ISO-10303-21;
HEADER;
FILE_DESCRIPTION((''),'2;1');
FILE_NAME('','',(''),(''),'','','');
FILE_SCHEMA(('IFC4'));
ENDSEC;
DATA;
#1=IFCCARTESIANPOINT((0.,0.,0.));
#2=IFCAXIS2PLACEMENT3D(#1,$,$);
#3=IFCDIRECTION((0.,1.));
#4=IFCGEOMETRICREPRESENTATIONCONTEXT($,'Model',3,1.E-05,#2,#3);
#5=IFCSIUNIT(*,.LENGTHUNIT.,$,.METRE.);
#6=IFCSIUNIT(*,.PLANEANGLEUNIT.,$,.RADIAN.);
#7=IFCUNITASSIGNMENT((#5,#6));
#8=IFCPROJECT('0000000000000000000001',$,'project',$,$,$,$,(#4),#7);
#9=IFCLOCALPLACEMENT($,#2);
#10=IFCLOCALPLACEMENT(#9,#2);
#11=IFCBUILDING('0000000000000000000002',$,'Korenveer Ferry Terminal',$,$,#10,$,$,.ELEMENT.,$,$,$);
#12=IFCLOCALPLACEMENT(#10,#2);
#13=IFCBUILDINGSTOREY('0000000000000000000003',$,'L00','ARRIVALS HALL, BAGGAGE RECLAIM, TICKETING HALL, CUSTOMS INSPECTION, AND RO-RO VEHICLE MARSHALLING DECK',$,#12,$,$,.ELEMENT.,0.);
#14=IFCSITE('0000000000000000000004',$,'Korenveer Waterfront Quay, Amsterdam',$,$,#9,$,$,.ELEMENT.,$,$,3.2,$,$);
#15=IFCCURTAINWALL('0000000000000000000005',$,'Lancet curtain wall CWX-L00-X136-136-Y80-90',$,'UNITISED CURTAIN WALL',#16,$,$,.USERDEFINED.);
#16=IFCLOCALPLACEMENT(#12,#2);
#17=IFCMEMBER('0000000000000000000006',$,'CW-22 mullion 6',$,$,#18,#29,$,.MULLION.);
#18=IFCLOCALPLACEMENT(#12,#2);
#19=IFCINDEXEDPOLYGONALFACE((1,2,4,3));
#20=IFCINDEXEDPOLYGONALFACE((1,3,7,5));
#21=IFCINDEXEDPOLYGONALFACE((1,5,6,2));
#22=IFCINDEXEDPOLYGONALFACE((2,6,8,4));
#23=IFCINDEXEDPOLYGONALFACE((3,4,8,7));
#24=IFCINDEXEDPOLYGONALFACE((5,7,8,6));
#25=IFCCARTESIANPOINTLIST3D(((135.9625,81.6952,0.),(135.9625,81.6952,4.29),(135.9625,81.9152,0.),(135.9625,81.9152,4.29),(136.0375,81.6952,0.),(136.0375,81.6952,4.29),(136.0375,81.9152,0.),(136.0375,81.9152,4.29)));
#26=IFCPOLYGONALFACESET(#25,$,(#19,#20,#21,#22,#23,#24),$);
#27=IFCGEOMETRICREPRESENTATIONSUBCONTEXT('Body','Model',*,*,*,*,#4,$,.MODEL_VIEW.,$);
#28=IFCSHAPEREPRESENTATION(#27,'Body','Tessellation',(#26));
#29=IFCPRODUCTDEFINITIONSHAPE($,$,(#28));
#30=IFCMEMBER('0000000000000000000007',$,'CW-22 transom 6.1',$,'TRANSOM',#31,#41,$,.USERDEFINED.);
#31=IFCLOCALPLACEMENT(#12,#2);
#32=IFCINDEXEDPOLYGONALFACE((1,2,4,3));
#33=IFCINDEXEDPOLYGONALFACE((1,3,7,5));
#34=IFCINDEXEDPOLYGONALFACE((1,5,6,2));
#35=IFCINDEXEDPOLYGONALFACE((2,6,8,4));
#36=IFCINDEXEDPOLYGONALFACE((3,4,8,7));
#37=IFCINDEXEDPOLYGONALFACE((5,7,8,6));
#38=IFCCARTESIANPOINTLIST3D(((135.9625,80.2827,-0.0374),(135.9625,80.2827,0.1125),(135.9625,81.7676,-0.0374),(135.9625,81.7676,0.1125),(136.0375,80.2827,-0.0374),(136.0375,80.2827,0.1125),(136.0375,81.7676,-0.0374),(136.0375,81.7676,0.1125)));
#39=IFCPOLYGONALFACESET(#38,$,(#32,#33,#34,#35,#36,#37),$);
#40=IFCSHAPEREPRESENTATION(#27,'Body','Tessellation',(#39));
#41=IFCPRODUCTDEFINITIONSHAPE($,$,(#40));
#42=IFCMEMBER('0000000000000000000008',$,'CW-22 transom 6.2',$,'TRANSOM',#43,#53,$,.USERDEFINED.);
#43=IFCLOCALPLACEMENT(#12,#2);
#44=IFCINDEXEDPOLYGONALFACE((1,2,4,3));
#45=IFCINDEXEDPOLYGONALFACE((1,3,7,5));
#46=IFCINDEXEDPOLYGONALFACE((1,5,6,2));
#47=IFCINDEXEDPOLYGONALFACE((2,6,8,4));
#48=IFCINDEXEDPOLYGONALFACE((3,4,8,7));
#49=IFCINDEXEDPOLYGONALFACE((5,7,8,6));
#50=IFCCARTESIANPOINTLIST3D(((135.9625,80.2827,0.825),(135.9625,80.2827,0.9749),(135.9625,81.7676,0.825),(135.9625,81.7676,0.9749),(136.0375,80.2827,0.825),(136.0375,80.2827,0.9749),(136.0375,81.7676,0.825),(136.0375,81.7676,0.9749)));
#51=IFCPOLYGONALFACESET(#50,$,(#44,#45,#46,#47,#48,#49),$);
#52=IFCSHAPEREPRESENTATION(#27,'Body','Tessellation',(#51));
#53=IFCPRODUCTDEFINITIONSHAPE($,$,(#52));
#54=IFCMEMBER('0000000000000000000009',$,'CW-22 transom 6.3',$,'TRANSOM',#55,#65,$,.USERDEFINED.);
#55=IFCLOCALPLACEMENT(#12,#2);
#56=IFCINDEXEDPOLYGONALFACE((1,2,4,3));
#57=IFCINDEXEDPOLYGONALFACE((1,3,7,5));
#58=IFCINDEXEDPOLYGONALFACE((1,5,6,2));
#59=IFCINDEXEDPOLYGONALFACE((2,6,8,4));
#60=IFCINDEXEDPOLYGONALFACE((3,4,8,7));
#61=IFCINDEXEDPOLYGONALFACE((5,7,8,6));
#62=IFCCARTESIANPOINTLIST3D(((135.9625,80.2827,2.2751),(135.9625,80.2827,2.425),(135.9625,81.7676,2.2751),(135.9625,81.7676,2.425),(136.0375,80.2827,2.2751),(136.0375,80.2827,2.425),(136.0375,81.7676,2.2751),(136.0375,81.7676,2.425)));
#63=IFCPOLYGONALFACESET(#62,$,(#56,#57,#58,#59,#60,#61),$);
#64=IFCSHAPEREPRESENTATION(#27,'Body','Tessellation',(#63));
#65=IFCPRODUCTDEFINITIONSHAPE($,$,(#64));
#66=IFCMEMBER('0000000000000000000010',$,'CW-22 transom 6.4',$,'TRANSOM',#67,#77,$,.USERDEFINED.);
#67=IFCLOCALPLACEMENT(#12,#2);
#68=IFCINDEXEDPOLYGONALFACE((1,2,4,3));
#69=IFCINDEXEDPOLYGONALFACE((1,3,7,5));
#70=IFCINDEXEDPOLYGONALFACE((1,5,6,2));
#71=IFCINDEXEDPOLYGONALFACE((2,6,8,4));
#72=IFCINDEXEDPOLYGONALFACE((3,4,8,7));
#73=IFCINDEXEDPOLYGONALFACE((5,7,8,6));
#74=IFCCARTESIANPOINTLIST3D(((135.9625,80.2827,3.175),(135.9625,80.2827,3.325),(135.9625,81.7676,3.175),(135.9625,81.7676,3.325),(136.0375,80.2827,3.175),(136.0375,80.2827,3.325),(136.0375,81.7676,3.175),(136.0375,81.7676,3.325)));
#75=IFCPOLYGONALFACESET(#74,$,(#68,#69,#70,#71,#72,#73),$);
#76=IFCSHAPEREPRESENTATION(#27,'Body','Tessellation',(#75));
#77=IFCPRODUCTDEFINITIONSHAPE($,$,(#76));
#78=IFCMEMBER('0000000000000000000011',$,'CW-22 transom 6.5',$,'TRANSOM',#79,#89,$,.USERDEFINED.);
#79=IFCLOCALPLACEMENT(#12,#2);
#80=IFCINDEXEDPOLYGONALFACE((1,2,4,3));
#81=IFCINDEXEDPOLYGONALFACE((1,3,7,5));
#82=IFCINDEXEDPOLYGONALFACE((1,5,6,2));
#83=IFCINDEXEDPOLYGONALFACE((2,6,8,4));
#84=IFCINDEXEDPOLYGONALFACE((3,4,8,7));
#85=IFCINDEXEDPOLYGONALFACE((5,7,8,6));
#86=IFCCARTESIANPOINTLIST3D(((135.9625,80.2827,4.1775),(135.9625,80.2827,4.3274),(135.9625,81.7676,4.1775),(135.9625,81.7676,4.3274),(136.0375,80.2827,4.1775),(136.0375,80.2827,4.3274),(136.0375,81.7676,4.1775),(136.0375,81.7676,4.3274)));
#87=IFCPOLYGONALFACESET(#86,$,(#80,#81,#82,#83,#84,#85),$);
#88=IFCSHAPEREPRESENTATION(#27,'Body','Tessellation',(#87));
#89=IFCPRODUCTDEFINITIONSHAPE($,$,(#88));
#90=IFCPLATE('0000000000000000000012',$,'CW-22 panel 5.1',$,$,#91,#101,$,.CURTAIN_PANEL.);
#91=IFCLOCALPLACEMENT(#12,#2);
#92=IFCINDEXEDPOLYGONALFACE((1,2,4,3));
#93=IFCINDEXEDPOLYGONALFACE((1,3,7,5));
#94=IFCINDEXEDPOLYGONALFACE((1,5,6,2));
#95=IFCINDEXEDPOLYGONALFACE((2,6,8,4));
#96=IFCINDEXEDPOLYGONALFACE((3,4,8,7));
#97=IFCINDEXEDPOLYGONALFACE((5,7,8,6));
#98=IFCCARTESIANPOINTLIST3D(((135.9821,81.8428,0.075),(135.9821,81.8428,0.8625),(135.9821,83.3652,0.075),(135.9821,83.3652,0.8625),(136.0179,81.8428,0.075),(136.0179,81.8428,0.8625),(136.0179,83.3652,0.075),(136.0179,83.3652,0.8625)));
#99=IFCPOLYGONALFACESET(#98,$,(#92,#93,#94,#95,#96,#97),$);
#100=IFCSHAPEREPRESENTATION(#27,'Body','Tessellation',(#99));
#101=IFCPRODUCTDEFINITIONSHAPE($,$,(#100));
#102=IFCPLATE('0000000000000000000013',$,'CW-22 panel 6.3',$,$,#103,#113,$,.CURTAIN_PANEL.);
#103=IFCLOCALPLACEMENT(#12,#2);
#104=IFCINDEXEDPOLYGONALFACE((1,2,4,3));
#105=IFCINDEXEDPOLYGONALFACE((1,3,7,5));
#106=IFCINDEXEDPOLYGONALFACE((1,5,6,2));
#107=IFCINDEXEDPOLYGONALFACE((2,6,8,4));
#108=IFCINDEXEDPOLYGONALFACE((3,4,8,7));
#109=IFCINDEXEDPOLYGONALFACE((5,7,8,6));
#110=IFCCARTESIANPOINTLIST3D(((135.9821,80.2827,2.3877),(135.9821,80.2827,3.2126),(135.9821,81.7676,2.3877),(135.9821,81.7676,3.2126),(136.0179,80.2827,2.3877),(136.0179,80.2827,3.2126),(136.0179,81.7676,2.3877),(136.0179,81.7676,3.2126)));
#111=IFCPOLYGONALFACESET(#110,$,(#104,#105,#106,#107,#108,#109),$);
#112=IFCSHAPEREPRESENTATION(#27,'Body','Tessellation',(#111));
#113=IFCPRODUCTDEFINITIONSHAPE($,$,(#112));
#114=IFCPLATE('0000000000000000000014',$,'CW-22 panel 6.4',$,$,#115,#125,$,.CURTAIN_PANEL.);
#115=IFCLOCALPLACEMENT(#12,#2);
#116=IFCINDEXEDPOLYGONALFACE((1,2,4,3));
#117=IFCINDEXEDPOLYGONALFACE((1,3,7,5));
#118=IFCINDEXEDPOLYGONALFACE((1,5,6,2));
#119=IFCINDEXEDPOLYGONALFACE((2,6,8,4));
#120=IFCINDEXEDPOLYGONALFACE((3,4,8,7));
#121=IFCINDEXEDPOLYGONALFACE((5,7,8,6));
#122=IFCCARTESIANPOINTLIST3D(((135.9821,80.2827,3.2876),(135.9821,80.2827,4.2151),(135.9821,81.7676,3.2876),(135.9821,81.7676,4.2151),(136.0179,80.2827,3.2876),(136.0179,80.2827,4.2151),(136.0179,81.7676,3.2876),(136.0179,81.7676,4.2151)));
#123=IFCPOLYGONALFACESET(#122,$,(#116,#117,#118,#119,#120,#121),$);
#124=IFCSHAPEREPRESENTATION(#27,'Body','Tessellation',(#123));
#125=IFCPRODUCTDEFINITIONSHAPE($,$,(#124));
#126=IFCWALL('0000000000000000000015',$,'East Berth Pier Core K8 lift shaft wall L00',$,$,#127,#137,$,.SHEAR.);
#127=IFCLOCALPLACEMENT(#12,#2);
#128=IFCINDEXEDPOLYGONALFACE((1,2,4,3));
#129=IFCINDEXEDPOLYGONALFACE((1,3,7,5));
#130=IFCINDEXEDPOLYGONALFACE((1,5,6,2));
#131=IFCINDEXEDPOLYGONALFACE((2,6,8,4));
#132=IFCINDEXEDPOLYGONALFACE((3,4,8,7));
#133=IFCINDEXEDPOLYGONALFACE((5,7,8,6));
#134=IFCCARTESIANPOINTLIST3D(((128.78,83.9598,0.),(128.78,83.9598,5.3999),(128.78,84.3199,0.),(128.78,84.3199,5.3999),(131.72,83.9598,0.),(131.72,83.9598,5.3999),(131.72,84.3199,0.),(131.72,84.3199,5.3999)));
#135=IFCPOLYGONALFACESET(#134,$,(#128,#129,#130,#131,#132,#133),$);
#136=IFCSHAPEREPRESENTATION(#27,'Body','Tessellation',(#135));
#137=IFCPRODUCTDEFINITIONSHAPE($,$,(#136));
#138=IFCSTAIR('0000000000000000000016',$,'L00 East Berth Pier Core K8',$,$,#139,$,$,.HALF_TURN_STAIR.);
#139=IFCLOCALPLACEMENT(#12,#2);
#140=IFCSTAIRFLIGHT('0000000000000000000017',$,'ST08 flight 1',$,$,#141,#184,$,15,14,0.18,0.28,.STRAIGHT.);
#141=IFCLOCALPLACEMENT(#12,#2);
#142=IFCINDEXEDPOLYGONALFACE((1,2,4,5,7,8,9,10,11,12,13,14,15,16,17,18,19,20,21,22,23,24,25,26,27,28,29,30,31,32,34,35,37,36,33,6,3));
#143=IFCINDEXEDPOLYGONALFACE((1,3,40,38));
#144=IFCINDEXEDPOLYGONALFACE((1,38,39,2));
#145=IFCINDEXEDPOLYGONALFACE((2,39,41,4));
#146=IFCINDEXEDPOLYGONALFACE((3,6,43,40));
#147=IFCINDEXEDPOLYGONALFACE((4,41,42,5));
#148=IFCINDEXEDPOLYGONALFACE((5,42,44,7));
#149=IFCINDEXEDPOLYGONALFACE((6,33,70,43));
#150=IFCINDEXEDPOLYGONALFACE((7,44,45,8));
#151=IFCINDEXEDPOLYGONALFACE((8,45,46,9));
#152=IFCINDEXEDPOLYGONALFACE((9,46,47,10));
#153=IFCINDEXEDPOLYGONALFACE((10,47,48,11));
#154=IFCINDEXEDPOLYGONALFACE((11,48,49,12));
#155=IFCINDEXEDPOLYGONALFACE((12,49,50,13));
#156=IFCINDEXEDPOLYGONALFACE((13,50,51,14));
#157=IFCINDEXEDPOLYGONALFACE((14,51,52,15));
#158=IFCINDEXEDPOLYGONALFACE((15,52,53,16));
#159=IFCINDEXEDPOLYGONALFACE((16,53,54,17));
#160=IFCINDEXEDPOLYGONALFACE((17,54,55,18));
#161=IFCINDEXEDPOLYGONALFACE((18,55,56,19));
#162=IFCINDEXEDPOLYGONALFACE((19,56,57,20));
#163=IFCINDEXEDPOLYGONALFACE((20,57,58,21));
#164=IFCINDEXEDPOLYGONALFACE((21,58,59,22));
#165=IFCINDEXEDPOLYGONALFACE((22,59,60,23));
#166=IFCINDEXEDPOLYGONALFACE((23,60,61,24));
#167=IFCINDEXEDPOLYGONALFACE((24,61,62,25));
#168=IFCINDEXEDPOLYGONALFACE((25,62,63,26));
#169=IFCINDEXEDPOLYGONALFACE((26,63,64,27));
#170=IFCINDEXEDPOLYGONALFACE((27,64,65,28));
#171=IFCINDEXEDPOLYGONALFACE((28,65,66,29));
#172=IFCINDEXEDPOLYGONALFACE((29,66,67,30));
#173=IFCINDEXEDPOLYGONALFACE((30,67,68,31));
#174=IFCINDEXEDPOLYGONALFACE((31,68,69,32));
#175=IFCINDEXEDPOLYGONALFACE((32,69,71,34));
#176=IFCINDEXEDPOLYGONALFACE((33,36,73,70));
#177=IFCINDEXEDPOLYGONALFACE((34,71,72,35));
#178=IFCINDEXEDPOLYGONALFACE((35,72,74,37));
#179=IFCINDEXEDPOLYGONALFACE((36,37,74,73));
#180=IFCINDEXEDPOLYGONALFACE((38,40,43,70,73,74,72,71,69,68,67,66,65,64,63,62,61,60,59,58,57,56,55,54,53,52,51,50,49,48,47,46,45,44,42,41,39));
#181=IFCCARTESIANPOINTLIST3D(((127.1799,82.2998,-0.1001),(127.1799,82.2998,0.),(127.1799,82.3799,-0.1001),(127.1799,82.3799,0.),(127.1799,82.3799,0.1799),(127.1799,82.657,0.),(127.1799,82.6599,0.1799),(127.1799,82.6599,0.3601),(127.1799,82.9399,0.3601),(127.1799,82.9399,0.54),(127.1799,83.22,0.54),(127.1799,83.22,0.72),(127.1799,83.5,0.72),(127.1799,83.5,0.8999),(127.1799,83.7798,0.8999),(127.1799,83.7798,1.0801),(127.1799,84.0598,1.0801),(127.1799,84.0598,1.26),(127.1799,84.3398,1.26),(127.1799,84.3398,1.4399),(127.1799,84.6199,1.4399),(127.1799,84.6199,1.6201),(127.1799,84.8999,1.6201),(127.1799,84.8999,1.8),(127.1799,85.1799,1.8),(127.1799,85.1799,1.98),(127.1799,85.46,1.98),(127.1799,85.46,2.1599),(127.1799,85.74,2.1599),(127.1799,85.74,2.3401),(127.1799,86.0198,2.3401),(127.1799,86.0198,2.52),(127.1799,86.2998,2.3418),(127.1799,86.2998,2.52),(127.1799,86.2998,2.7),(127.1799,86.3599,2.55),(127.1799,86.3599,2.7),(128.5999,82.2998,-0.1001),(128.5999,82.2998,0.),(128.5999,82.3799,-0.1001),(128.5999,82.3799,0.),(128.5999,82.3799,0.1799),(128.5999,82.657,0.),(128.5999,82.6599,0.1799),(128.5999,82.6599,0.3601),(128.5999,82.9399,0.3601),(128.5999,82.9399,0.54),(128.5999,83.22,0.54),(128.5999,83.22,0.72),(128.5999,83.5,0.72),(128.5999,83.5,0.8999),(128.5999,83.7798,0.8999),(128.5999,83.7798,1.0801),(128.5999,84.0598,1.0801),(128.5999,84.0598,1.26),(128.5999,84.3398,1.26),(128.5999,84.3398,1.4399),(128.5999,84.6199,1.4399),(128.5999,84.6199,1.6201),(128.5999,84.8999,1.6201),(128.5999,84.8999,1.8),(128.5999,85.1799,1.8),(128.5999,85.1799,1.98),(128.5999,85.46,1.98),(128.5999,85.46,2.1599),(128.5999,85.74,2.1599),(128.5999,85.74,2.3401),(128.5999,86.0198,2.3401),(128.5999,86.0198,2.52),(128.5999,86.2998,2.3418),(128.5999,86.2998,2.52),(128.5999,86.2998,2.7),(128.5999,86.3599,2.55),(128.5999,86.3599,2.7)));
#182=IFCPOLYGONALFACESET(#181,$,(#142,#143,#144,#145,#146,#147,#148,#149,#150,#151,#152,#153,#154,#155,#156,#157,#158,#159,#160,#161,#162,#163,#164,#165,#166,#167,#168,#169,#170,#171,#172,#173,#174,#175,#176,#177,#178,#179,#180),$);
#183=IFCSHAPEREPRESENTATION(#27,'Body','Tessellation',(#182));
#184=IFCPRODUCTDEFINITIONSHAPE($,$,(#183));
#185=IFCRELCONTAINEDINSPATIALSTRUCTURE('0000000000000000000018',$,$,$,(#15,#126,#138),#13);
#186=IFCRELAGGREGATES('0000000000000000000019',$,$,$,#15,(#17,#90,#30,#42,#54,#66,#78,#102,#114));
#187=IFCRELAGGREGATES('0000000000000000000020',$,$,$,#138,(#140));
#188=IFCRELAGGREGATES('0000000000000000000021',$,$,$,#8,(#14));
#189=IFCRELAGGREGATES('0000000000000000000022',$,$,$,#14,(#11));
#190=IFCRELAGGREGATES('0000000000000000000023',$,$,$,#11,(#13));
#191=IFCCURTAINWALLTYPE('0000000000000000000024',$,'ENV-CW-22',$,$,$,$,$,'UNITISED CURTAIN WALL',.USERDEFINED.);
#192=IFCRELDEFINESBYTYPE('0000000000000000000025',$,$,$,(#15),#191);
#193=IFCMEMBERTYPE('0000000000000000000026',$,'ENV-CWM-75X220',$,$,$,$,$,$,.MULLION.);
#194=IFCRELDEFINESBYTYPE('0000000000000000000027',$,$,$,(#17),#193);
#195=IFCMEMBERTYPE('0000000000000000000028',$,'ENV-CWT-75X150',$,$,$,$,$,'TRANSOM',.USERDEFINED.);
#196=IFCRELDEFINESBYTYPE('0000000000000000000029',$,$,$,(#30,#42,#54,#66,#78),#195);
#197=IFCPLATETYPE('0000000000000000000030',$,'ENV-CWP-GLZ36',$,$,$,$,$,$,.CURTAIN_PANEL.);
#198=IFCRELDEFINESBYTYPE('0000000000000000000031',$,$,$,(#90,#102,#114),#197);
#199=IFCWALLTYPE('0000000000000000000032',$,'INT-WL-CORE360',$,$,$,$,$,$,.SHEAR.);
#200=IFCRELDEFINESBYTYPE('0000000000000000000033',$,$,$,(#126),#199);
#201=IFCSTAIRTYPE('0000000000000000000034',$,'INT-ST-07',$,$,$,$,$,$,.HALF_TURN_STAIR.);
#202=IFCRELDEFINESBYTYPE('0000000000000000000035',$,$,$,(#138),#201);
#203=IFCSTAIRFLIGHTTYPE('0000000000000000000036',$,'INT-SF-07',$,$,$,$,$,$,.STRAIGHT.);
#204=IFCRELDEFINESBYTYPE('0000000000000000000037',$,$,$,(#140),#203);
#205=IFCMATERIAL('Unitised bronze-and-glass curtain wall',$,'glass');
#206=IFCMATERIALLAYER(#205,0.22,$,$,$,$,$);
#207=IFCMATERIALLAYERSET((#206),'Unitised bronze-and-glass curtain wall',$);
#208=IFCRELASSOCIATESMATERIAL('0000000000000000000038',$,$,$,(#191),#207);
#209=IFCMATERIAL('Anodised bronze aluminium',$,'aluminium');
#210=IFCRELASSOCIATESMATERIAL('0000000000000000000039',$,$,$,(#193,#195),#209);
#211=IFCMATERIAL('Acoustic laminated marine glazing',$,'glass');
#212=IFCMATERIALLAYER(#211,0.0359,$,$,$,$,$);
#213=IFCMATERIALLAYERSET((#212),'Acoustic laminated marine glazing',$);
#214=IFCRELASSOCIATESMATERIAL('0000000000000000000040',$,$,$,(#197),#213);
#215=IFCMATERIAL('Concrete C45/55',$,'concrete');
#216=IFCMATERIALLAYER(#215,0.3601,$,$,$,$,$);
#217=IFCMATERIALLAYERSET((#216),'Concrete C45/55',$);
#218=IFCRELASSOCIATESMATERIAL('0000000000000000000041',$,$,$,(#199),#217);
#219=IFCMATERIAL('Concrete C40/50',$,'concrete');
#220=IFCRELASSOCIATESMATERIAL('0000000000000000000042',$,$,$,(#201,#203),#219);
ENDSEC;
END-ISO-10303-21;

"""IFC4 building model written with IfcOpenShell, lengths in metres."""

from ifc_helpers import new_model, si_unit, direction, frame, frame_2d, origin, origin_2d, place, context, subcontext, project, spatial, polyline, rectangle, outline, extrude, material, layer, layer_set, material_profile, profile_set, type_object, element, aggregate, save


model = new_model("IFC4")

# Units and contexts
model_context = context("Model", 3, precision=1e-05, world=origin(), true_north=direction((0.0, 1.0)))
body_context = subcontext(model_context, "Body", "Model", "MODEL_VIEW")
ifc_project = project(units=[si_unit("LENGTHUNIT", "METRE"), si_unit("PLANEANGLEUNIT", "RADIAN")], contexts=[model_context])

# Site, building, storey
site_placement = place(None, origin())
site = spatial("IfcSite", under=ifc_project, at=site_placement, Name="Korenveer Waterfront Quay, Amsterdam", CompositionType="ELEMENT", RefElevation=3.2)
building_placement = place(site_placement, origin())
building = spatial("IfcBuilding", under=site, at=building_placement, Name="Korenveer Ferry Terminal", CompositionType="ELEMENT")
storey_placement = place(building_placement, origin())
storey = spatial("IfcBuildingStorey", under=building, at=storey_placement, Name="L00", Description="ARRIVALS HALL, BAGGAGE RECLAIM, TICKETING HALL, CUSTOMS INSPECTION, AND RO-RO VEHICLE MARSHALLING DECK", CompositionType="ELEMENT", Elevation=0.0)

# Shared definitions
ifc_material_1 = material(Name="Concrete C45/55", Category="concrete")

# Shared definitions
ifc_material_2 = material(Name="Concrete C40/50", Category="concrete")

# Curtain wall, members, plates
ifc_material_3 = material(Name="Unitised bronze-and-glass curtain wall", Category="glass")
ifc_layer_1 = layer(ifc_material_3, 0.22)
ifc_layer_set_1 = layer_set([ifc_layer_1], Name="Unitised bronze-and-glass curtain wall")
curtain_wall_type = type_object("IfcCurtainWallType", Name="ENV-CW-22", ElementType="UNITISED CURTAIN WALL", PredefinedType="USERDEFINED", material=ifc_layer_set_1)
curtain_wall_placement = place(storey_placement, frame((136.0, 89.7922, 0.0)))
curtain_wall = element("IfcCurtainWall", 1, at=curtain_wall_placement, inside=storey, type_object=curtain_wall_type, Name="Lancet curtain wall CWX-L00-X136-136-Y80-90", ObjectType="UNITISED CURTAIN WALL", PredefinedType="USERDEFINED")
ifc_material_4 = material(Name="Anodised bronze aluminium", Category="aluminium")
ifc_material_profile_1 = material_profile(ifc_material_4, rectangle(XDim=0.075, YDim=0.22, at=origin_2d()), Name="ALU 75x220")
ifc_profile_set_1 = profile_set([ifc_material_profile_1], Name="Anodised bronze aluminium")
member_type_1 = type_object("IfcMemberType", Name="ENV-CWM-75X220", PredefinedType="MULLION", material=ifc_profile_set_1)
member_1_placement = place(storey_placement, frame((136.0, 81.8052, 0.0), z_axis=(0.0, 0.0, 1.0), x_axis=(1.0, 0.0, 0.0)))
member_1 = element("IfcMember", 2, at=member_1_placement, type_object=member_type_1, Name="CW-22 mullion 6", PredefinedType="MULLION", context=body_context, shape_type="SweptSolid", body=[
    extrude(rectangle(XDim=0.075, YDim=0.22, at=origin_2d()), origin(), (0.0, 0.0, 1.0), 4.29),
])
ifc_material_profile_2 = material_profile(ifc_material_4, rectangle(XDim=0.075, YDim=0.1499, at=origin_2d()), Name="ALU 75x150")
ifc_profile_set_2 = profile_set([ifc_material_profile_2], Name="Anodised bronze aluminium")
member_type_2 = type_object("IfcMemberType", Name="ENV-CWT-75X150", ElementType="TRANSOM", PredefinedType="USERDEFINED", material=ifc_profile_set_2)
member_2_placement = place(storey_placement, frame((136.0, 81.7676, 0.0376), z_axis=(0.0, -1.0, 0.0), x_axis=(1.0, 0.0, 0.0)))
member_2 = element("IfcMember", 3, at=member_2_placement, type_object=member_type_2, Name="CW-22 transom 6.1", ObjectType="TRANSOM", PredefinedType="USERDEFINED", context=body_context, shape_type="SweptSolid", body=[
    extrude(rectangle(XDim=0.075, YDim=0.1499, at=origin_2d()), origin(), (0.0, 0.0, 1.0), 1.4849),
])
member_3_placement = place(storey_placement, frame((136.0, 81.7676, 0.8999), z_axis=(0.0, -1.0, 0.0), x_axis=(1.0, 0.0, 0.0)))
member_3 = element("IfcMember", 4, at=member_3_placement, type_object=member_type_2, Name="CW-22 transom 6.2", ObjectType="TRANSOM", PredefinedType="USERDEFINED", context=body_context, shape_type="SweptSolid", body=[
    extrude(rectangle(XDim=0.075, YDim=0.1499, at=origin_2d()), origin(), (0.0, 0.0, 1.0), 1.4849),
])
member_4_placement = place(storey_placement, frame((136.0, 81.7676, 2.3501), z_axis=(0.0, -1.0, 0.0), x_axis=(1.0, 0.0, 0.0)))
member_4 = element("IfcMember", 5, at=member_4_placement, type_object=member_type_2, Name="CW-22 transom 6.3", ObjectType="TRANSOM", PredefinedType="USERDEFINED", context=body_context, shape_type="SweptSolid", body=[
    extrude(rectangle(XDim=0.075, YDim=0.1499, at=origin_2d()), origin(), (0.0, 0.0, 1.0), 1.4849),
])
member_5_placement = place(storey_placement, frame((136.0, 81.7676, 3.25), z_axis=(0.0, -1.0, 0.0), x_axis=(1.0, 0.0, 0.0)))
member_5 = element("IfcMember", 6, at=member_5_placement, type_object=member_type_2, Name="CW-22 transom 6.4", ObjectType="TRANSOM", PredefinedType="USERDEFINED", context=body_context, shape_type="SweptSolid", body=[
    extrude(rectangle(XDim=0.075, YDim=0.1499, at=origin_2d()), origin(), (0.0, 0.0, 1.0), 1.4849),
])
member_6_placement = place(storey_placement, frame((136.0, 81.7676, 4.2524), z_axis=(0.0, -1.0, 0.0), x_axis=(1.0, 0.0, 0.0)))
member_6 = element("IfcMember", 7, at=member_6_placement, type_object=member_type_2, Name="CW-22 transom 6.5", ObjectType="TRANSOM", PredefinedType="USERDEFINED", context=body_context, shape_type="SweptSolid", body=[
    extrude(rectangle(XDim=0.075, YDim=0.1499, at=origin_2d()), origin(), (0.0, 0.0, 1.0), 1.4849),
])
ifc_material_5 = material(Name="Acoustic laminated marine glazing", Category="glass")
ifc_layer_2 = layer(ifc_material_5, 0.0359)
ifc_layer_set_2 = layer_set([ifc_layer_2], Name="Acoustic laminated marine glazing")
plate_type = type_object("IfcPlateType", Name="ENV-CWP-GLZ36", PredefinedType="CURTAIN_PANEL", material=ifc_layer_set_2)
plate_1_placement = place(storey_placement, frame((136.0, 82.604, 0.075), z_axis=(0.0, 0.0, 1.0), x_axis=(0.0, -1.0, 0.0)))
plate_1 = element("IfcPlate", 8, at=plate_1_placement, type_object=plate_type, Name="CW-22 panel 5.1", PredefinedType="CURTAIN_PANEL", context=body_context, shape_type="SweptSolid", body=[
    extrude(rectangle(XDim=1.5225, YDim=0.0359, at=origin_2d()), origin(), (0.0, 0.0, 1.0), 0.7876),
])
plate_2_placement = place(storey_placement, frame((136.0, 81.0251, 2.3877), z_axis=(0.0, 0.0, 1.0), x_axis=(0.0, -1.0, 0.0)))
plate_2 = element("IfcPlate", 9, at=plate_2_placement, type_object=plate_type, Name="CW-22 panel 6.3", PredefinedType="CURTAIN_PANEL", context=body_context, shape_type="SweptSolid", body=[
    extrude(rectangle(XDim=1.4849, YDim=0.0359, at=origin_2d()), origin(), (0.0, 0.0, 1.0), 0.825),
])
plate_3_placement = place(storey_placement, frame((136.0, 81.0251, 3.2876), z_axis=(0.0, 0.0, 1.0), x_axis=(0.0, -1.0, 0.0)))
plate_3 = element("IfcPlate", 10, at=plate_3_placement, type_object=plate_type, Name="CW-22 panel 6.4", PredefinedType="CURTAIN_PANEL", context=body_context, shape_type="SweptSolid", body=[
    extrude(rectangle(XDim=1.4849, YDim=0.0359, at=origin_2d()), origin(), (0.0, 0.0, 1.0), 0.9275),
])
aggregate(curtain_wall, [member_1, plate_1, member_2, member_3, member_4, member_5, member_6, plate_2, plate_3])

# Wall
ifc_layer_3 = layer(ifc_material_1, 0.3601)
ifc_layer_set_3 = layer_set([ifc_layer_3], Name="Concrete C45/55")
wall_type = type_object("IfcWallType", Name="INT-WL-CORE360", PredefinedType="SHEAR", material=ifc_layer_set_3)
wall_placement = place(storey_placement, frame((128.78, 84.1399, 0.0), z_axis=(0.0, 0.0, 1.0), x_axis=(1.0, 0.0, 0.0)))
element("IfcWall", 11, at=wall_placement, inside=storey, type_object=wall_type, Name="East Berth Pier Core K8 lift shaft wall L00", PredefinedType="SHEAR", context=body_context, shape_type="SweptSolid", body=[
    extrude(rectangle(XDim=2.9399, YDim=0.3601, at=frame_2d((1.47, 0.0))), origin(), (0.0, 0.0, 1.0), 5.3999),
])

# Stair, stair flight
stair_type = type_object("IfcStairType", Name="INT-ST-07", PredefinedType="HALF_TURN_STAIR", material=ifc_material_2)
stair_placement = place(storey_placement, frame((127.8899, 82.3799, 0.0)))
stair = element("IfcStair", 12, at=stair_placement, inside=storey, type_object=stair_type, Name="L00 East Berth Pier Core K8", PredefinedType="HALF_TURN_STAIR")
stair_flight_type = type_object("IfcStairFlightType", Name="INT-SF-07", PredefinedType="STRAIGHT", material=ifc_material_2)
stair_flight_placement = place(storey_placement, frame((127.8899, 82.3799, 0.0), z_axis=(0.0, 0.0, 1.0), x_axis=(0.0, 1.0, 0.0)))
stair_flight = element("IfcStairFlight", 13, at=stair_flight_placement, type_object=stair_flight_type, Name="ST08 flight 1", NumberOfRisers=15, NumberOfTreads=14, PredefinedType="STRAIGHT", RiserHeight=0.18, TreadLength=0.28, context=body_context, shape_type="SweptSolid", body=[
    extrude(outline(polyline([(-0.0801, 0.0), (0.0, 0.0), (0.0, 0.1799), (0.28, 0.1799), (0.28, 0.3601), (0.5601, 0.3601), (0.5601, 0.54), (0.8401, 0.54), (0.8401, 0.72), (1.1201, 0.72), (1.1201, 0.8999), (1.3999, 0.8999), (1.3999, 1.0801), (1.6799, 1.0801), (1.6799, 1.26), (1.96, 1.26), (1.96, 1.4399), (2.24, 1.4399), (2.24, 1.6201), (2.52, 1.6201), (2.52, 1.8), (2.8, 1.8), (2.8, 1.98), (3.0801, 1.98), (3.0801, 2.1599), (3.3601, 2.1599), (3.3601, 2.3401), (3.6399, 2.3401), (3.6399, 2.52), (3.9199, 2.52), (3.9199, 2.7), (3.98, 2.7), (3.98, 2.55), (3.9199, 2.3418), (0.2771, 0.0), (0.0, -0.1001), (-0.0801, -0.1001), (-0.0801, 0.0)])), frame((0.0, 0.71, 0.0), z_axis=(0.0, -1.0, 0.0), x_axis=(1.0, 0.0, 0.0)), (0.0, 0.0, 1.0), 1.4199),
])
aggregate(stair, [stair_flight])

save(model, "model.ifc")
